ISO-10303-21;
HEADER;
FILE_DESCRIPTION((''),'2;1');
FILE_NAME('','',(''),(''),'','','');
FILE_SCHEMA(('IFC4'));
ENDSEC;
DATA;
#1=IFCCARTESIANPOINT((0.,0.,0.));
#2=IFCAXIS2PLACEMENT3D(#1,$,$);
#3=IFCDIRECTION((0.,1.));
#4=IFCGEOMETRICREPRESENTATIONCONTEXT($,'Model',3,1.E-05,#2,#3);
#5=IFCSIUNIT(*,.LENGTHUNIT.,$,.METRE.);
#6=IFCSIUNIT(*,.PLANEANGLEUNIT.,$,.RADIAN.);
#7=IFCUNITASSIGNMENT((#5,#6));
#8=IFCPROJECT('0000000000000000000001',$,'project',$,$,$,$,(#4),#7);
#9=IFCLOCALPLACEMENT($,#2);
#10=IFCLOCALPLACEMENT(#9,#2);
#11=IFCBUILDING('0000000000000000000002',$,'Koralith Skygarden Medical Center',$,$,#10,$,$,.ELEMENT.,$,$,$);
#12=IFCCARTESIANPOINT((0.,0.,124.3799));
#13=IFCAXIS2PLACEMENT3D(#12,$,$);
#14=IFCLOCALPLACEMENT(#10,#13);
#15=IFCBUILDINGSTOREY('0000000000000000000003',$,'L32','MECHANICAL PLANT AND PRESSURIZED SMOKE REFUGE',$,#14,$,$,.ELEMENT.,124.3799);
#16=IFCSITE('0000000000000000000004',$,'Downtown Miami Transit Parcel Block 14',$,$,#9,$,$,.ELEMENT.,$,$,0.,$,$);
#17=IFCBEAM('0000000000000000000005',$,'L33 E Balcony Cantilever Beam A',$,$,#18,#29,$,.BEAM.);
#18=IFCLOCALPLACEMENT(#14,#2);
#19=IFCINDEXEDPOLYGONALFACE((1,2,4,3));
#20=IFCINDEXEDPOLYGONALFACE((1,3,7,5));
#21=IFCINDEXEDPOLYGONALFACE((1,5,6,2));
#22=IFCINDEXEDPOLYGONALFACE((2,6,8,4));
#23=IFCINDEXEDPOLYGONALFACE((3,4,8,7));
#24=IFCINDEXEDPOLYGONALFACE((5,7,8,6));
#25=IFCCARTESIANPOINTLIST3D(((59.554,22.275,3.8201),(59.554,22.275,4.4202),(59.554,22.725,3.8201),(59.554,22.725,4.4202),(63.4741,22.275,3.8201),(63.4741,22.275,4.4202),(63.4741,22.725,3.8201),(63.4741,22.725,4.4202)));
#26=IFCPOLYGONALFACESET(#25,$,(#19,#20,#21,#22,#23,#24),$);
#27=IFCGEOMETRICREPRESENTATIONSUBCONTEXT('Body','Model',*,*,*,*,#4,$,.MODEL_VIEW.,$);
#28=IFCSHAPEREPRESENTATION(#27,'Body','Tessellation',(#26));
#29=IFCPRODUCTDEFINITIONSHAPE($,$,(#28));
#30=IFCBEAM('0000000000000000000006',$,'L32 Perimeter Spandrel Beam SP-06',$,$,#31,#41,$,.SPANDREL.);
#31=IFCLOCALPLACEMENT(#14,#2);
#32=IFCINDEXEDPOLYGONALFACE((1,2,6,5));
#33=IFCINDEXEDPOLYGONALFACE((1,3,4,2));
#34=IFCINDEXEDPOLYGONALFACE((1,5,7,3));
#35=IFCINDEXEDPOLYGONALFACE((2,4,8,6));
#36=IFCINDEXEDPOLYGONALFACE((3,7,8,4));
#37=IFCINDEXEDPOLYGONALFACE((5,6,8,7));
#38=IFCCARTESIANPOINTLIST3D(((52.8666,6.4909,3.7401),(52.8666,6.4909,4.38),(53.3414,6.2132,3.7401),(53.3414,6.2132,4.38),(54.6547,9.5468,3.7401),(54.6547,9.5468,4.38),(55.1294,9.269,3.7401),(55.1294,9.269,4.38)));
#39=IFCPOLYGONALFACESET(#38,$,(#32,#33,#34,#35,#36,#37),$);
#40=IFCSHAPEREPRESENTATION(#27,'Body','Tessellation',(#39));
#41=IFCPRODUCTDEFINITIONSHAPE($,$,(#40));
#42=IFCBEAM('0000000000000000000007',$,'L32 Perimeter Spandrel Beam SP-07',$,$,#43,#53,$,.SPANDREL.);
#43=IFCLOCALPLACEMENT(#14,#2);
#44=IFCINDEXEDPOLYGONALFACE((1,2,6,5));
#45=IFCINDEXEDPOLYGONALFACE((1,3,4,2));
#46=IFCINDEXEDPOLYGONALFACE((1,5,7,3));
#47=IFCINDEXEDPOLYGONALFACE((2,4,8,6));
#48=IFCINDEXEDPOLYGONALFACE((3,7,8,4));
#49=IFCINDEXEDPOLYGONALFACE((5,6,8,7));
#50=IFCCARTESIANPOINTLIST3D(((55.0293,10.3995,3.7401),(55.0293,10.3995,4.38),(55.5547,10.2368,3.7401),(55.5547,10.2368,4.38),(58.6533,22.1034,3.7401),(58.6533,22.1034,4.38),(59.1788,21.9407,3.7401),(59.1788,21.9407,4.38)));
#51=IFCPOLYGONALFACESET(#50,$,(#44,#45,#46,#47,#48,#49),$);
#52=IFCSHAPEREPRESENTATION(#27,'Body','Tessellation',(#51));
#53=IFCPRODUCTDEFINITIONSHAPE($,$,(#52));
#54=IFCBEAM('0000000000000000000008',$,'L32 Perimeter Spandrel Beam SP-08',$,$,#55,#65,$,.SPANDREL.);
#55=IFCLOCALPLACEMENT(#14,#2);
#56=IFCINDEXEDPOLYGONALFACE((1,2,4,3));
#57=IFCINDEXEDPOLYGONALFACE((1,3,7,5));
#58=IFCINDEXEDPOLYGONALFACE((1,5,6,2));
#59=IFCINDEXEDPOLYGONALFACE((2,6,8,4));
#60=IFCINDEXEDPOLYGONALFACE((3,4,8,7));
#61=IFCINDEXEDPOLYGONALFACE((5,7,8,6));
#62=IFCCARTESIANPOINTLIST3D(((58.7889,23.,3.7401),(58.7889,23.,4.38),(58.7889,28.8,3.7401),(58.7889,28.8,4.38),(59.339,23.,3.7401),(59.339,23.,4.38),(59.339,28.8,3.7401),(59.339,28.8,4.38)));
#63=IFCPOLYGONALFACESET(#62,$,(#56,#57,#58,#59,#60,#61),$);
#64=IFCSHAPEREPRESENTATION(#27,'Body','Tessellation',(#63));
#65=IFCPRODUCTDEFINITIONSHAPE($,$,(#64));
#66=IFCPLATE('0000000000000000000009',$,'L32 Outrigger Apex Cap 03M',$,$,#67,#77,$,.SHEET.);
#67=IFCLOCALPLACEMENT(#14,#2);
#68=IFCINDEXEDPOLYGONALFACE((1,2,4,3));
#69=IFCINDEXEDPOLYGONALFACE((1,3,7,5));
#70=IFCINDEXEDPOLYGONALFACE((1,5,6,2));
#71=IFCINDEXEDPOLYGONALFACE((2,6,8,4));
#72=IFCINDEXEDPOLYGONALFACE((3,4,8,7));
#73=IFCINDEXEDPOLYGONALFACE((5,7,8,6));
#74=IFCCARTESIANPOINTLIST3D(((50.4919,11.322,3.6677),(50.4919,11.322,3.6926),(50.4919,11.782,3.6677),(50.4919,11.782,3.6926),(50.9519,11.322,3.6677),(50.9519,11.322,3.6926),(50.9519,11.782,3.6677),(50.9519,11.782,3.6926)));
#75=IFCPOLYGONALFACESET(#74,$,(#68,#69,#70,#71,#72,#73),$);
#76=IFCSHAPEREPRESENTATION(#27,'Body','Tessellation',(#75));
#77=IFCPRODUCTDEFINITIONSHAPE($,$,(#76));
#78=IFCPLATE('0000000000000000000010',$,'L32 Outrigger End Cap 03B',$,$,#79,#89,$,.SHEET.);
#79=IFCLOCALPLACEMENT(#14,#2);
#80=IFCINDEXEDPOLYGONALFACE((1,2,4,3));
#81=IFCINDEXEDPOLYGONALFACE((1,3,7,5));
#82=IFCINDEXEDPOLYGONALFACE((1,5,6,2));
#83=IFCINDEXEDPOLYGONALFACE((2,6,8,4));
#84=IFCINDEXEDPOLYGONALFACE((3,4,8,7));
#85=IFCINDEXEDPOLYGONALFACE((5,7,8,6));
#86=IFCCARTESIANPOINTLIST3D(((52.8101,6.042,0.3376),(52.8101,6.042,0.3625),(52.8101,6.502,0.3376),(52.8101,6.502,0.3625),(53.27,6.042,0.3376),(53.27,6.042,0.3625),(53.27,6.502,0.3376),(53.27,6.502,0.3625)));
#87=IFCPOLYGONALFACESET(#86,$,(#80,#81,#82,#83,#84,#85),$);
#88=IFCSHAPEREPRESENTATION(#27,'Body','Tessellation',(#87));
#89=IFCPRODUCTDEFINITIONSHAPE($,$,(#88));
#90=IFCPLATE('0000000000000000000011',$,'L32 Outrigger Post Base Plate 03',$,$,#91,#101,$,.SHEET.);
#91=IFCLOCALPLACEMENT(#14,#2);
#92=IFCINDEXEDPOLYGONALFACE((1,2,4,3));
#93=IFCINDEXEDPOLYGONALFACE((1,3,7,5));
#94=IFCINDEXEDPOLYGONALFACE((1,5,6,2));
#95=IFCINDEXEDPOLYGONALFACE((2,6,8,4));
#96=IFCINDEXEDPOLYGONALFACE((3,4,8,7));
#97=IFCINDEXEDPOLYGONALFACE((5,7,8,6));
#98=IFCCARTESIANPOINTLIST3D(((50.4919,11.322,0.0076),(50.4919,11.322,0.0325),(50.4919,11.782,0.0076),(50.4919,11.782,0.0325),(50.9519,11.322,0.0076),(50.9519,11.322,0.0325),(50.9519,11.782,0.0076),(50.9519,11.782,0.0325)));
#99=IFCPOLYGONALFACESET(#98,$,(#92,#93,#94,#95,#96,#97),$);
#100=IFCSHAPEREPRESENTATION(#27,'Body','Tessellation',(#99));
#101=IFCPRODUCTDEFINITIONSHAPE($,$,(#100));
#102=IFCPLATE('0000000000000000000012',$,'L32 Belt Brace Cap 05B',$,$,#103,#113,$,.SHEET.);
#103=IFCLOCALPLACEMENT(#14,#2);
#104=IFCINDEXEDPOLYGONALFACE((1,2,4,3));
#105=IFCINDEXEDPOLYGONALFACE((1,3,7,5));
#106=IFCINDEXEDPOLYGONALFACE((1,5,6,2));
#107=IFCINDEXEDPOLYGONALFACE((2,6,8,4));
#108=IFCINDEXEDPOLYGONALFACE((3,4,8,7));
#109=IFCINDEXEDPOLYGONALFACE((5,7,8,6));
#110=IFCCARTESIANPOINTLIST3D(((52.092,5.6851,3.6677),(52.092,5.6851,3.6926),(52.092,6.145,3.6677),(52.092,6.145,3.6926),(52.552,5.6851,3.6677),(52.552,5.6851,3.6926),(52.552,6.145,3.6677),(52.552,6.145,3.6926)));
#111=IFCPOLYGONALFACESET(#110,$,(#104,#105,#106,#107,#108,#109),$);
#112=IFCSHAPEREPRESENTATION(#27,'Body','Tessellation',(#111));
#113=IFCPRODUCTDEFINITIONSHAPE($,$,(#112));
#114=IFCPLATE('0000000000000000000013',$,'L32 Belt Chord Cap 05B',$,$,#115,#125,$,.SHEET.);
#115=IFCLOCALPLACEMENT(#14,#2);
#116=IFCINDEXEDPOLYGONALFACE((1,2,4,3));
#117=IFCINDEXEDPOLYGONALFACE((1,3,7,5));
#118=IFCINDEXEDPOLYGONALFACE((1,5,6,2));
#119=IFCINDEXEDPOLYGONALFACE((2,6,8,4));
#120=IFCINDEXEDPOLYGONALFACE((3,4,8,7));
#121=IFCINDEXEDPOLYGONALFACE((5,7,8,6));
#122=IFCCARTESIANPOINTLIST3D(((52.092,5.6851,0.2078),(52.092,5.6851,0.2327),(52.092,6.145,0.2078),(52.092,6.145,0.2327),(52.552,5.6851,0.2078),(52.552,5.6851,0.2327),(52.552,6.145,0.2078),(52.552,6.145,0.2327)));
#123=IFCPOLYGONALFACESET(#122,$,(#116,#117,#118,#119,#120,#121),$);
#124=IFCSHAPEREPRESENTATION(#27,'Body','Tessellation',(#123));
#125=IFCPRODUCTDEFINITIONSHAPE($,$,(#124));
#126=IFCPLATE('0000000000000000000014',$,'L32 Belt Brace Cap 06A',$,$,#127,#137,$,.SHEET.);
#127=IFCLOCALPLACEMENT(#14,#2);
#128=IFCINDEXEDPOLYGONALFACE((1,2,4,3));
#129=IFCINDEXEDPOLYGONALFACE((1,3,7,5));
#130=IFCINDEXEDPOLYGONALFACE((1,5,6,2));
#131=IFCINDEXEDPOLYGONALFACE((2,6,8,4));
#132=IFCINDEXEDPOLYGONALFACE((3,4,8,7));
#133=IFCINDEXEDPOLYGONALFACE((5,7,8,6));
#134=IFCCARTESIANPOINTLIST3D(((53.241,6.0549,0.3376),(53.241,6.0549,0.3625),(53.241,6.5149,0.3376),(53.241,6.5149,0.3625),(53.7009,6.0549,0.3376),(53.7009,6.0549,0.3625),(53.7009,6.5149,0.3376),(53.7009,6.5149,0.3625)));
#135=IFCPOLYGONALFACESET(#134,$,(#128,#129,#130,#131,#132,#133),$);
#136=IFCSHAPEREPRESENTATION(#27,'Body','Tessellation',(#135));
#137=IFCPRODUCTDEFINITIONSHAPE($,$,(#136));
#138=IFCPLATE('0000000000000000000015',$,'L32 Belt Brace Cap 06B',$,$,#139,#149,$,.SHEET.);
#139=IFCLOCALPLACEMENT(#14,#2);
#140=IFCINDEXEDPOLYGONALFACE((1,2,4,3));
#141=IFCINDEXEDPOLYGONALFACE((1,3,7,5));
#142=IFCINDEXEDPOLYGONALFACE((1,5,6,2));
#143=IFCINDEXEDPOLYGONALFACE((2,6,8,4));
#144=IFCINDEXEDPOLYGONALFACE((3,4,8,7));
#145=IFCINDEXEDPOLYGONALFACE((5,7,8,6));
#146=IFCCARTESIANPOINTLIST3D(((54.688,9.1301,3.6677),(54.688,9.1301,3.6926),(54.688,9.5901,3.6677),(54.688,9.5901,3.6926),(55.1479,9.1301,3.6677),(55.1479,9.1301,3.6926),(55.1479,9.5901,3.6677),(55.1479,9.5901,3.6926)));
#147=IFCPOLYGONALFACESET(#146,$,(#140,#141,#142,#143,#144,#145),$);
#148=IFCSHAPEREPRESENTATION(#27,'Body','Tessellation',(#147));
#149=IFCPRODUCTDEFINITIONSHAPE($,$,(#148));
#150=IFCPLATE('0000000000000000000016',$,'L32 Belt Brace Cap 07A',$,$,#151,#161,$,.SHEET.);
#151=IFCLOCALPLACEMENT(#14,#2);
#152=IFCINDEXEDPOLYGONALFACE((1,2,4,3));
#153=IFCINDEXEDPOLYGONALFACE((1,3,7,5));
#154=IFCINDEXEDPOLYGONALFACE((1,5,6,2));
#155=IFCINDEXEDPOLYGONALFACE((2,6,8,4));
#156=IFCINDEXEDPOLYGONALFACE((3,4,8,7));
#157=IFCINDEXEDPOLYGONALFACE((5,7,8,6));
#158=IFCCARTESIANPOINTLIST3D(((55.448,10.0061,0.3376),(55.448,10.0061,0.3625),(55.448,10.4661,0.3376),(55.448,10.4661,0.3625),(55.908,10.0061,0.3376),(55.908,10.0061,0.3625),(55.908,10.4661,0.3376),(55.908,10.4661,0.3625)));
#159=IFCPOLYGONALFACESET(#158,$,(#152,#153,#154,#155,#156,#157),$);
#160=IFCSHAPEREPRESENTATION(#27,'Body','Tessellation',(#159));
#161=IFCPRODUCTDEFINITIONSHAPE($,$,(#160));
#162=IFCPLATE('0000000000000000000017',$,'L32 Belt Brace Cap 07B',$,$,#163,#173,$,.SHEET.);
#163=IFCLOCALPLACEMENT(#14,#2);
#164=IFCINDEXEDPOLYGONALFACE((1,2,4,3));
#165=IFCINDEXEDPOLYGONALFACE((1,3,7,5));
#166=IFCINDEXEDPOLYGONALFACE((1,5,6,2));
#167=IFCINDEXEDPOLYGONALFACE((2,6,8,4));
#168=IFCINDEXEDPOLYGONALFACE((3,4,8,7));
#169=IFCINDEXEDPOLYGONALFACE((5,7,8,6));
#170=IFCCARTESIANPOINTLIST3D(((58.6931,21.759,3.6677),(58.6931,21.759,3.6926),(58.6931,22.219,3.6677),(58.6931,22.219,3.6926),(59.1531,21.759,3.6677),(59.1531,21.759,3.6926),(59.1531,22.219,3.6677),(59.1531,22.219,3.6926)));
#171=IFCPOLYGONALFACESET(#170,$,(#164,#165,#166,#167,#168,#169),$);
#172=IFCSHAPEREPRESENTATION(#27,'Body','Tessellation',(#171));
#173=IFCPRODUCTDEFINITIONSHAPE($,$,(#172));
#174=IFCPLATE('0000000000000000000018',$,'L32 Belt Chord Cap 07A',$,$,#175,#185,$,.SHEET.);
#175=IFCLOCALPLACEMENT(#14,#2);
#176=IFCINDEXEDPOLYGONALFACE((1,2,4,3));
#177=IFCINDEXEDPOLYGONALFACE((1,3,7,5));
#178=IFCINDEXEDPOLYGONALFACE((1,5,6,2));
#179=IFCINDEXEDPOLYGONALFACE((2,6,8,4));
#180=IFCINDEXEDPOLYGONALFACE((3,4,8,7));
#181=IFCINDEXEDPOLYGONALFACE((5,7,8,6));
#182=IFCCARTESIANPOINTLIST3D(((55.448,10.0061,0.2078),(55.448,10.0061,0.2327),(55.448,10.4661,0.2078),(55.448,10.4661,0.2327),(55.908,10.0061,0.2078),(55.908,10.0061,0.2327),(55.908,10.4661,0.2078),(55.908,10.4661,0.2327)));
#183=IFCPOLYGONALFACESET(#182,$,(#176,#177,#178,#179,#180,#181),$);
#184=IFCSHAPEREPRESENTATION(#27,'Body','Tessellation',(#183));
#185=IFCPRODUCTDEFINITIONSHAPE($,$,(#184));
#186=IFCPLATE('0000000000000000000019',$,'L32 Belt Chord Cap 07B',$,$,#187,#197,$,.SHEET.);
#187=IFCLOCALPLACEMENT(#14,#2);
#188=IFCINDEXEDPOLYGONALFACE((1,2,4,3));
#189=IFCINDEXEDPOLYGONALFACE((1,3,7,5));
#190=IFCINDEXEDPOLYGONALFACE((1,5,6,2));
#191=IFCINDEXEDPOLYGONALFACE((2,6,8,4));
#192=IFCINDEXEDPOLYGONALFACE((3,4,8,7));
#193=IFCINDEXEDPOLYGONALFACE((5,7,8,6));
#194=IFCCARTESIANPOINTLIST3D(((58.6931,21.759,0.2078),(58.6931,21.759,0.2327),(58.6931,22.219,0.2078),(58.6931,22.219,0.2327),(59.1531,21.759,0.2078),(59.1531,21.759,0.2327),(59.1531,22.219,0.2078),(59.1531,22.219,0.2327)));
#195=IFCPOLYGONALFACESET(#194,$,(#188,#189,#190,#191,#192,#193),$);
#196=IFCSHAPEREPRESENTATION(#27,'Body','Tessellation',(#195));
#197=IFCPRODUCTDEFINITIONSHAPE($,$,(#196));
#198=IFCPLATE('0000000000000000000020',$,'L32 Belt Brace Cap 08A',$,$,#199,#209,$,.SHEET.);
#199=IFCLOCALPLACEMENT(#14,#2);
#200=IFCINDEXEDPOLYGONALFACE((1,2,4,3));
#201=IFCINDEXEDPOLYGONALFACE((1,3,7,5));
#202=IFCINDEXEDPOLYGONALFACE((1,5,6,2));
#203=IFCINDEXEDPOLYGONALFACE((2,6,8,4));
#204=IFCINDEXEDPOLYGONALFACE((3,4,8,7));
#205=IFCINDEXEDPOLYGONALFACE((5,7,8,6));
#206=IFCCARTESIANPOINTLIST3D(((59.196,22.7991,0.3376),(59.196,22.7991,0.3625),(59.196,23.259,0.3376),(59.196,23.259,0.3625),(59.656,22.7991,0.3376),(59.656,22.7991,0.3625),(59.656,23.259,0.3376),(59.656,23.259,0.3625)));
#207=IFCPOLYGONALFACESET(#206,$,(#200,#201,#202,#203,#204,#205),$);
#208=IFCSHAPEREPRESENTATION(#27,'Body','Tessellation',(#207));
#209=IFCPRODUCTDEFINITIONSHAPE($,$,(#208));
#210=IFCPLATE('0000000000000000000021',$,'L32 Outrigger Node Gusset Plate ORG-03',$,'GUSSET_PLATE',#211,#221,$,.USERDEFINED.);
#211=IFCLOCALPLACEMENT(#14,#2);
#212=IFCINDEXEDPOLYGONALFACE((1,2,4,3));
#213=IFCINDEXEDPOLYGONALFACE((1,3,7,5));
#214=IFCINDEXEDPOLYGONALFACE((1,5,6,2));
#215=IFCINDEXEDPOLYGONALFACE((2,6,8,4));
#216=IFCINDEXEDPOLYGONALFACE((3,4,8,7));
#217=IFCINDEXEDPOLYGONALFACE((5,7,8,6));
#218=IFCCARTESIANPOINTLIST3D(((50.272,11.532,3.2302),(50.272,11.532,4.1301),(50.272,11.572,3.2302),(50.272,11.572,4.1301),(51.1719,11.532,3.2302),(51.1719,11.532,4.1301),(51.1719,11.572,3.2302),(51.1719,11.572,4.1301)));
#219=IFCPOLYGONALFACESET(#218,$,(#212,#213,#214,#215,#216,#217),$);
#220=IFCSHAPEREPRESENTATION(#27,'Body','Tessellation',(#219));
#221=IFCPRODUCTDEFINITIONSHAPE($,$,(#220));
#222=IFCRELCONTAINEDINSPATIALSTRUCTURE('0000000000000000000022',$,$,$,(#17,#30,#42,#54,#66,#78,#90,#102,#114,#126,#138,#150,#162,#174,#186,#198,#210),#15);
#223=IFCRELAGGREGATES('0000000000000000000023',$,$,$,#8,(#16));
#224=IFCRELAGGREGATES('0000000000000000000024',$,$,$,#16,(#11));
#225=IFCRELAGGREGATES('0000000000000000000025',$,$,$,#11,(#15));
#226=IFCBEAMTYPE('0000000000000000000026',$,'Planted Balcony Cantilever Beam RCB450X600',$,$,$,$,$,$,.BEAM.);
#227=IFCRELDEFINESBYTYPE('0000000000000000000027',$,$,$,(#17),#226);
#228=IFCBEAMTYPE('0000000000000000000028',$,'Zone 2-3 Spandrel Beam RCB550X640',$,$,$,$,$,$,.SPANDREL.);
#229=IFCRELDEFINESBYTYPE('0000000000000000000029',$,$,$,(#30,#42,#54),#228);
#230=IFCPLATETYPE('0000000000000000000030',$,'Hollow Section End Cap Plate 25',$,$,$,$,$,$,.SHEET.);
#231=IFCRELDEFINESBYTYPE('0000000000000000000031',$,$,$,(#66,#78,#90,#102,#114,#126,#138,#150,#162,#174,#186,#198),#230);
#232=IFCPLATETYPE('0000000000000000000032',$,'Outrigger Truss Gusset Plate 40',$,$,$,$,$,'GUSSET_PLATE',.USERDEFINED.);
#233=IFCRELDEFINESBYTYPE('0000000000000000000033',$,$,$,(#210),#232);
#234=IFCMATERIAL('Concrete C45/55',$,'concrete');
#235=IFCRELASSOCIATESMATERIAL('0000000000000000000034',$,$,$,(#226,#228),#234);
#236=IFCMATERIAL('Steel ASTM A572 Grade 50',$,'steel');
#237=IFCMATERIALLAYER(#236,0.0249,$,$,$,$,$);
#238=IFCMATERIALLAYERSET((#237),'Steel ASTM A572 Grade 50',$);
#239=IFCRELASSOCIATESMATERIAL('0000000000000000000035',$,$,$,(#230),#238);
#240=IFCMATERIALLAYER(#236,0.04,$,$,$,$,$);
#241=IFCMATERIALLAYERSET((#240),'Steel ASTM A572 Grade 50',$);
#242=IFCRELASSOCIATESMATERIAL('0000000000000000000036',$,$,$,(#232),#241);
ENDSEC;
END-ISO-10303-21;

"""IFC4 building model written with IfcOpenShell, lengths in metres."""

from ifc_helpers import new_model, si_unit, direction, frame, origin, origin_2d, place, context, subcontext, project, spatial, rectangle, extrude, material, layer, layer_set, material_profile, profile_set, type_object, element, save


model = new_model("IFC4")

# Units and contexts
model_context = context("Model", 3, precision=1e-05, world=origin(), true_north=direction((0.0, 1.0)))
body_context = subcontext(model_context, "Body", "Model", "MODEL_VIEW")
ifc_project = project(units=[si_unit("LENGTHUNIT", "METRE"), si_unit("PLANEANGLEUNIT", "RADIAN")], contexts=[model_context])

# Site, building, storey
site_placement = place(None, origin())
site = spatial("IfcSite", under=ifc_project, at=site_placement, Name="Downtown Miami Transit Parcel Block 14", CompositionType="ELEMENT", RefElevation=0.0)
building_placement = place(site_placement, origin())
building = spatial("IfcBuilding", under=site, at=building_placement, Name="Koralith Skygarden Medical Center", CompositionType="ELEMENT")
storey_placement = place(building_placement, frame((0.0, 0.0, 124.3799)))
storey = spatial("IfcBuildingStorey", under=building, at=storey_placement, Name="L32", Description="MECHANICAL PLANT AND PRESSURIZED SMOKE REFUGE", CompositionType="ELEMENT", Elevation=124.3799)

# Beams
ifc_material_1 = material(Name="Concrete C45/55", Category="concrete")
ifc_material_profile_1 = material_profile(ifc_material_1, rectangle(XDim=0.45, YDim=0.6001, at=origin_2d()), Name="RCB450X600")
ifc_profile_set_1 = profile_set([ifc_material_profile_1], Name="Concrete C45/55")
beam_type_1 = type_object("IfcBeamType", Name="Planted Balcony Cantilever Beam RCB450X600", PredefinedType="BEAM", material=ifc_profile_set_1)
beam_1_placement = place(storey_placement, frame((59.554, 22.5, 4.1201), z_axis=(1.0, 0.0, 0.0), x_axis=(0.0, 1.0, 0.0)))
element("IfcBeam", 1, at=beam_1_placement, inside=storey, type_object=beam_type_1, Name="L33 E Balcony Cantilever Beam A", PredefinedType="BEAM", context=body_context, shape_type="SweptSolid", body=[
    extrude(rectangle(XDim=0.45, YDim=0.6001, at=origin_2d()), origin(), (0.0, 0.0, 1.0), 3.9202),
])
ifc_material_profile_2 = material_profile(ifc_material_1, rectangle(XDim=0.55, YDim=0.6399, at=origin_2d()), Name="RCB550X640")
ifc_profile_set_2 = profile_set([ifc_material_profile_2], Name="Concrete C45/55")
beam_type_2 = type_object("IfcBeamType", Name="Zone 2-3 Spandrel Beam RCB550X640", PredefinedType="SPANDREL", material=ifc_profile_set_2)
beam_2_placement = place(storey_placement, frame((53.104, 6.3521, 4.0601), z_axis=(0.505024, 0.863105, 0.0), x_axis=(-0.863105, 0.505024, 0.0)))
element("IfcBeam", 2, at=beam_2_placement, inside=storey, type_object=beam_type_2, Name="L32 Perimeter Spandrel Beam SP-06", PredefinedType="SPANDREL", context=body_context, shape_type="SweptSolid", body=[
    extrude(rectangle(XDim=0.55, YDim=0.6399, at=origin_2d()), origin(), (0.0, 0.0, 1.0), 3.5405),
])
beam_3_placement = place(storey_placement, frame((55.292, 10.3181, 4.0601), z_axis=(0.295788, 0.955254, 0.0), x_axis=(-0.955254, 0.295788, 0.0)))
element("IfcBeam", 3, at=beam_3_placement, inside=storey, type_object=beam_type_2, Name="L32 Perimeter Spandrel Beam SP-07", PredefinedType="SPANDREL", context=body_context, shape_type="SweptSolid", body=[
    extrude(rectangle(XDim=0.55, YDim=0.6399, at=origin_2d()), origin(), (0.0, 0.0, 1.0), 12.2522),
])
beam_4_placement = place(storey_placement, frame((59.064, 23.0, 4.0601), z_axis=(0.0, 1.0, 0.0), x_axis=(-1.0, 0.0, 0.0)))
element("IfcBeam", 4, at=beam_4_placement, inside=storey, type_object=beam_type_2, Name="L32 Perimeter Spandrel Beam SP-08", PredefinedType="SPANDREL", context=body_context, shape_type="SweptSolid", body=[
    extrude(rectangle(XDim=0.55, YDim=0.6399, at=origin_2d()), origin(), (0.0, 0.0, 1.0), 5.8),
])

# Plates
ifc_material_2 = material(Name="Steel ASTM A572 Grade 50", Category="steel")
ifc_layer_1 = layer(ifc_material_2, 0.0249)
ifc_layer_set_1 = layer_set([ifc_layer_1], Name="Steel ASTM A572 Grade 50")
plate_type_1 = type_object("IfcPlateType", Name="Hollow Section End Cap Plate 25", PredefinedType="SHEET", material=ifc_layer_set_1)
for number, where, z_axis, x_axis, name in (
    (5, (50.7219, 11.552, 3.6677), (0.0, 0.0, 1.0), (1.0, 0.0, 0.0), "L32 Outrigger Apex Cap 03M"),
    (6, (53.04, 6.272, 0.3376), (0.0, 0.0, 1.0), (1.0, 0.0, 0.0), "L32 Outrigger End Cap 03B"),
    (7, (50.7219, 11.552, 0.0076), (0.0, 0.0, 1.0), (1.0, 0.0, 0.0), "L32 Outrigger Post Base Plate 03"),
    (8, (52.322, 5.915, 3.6677), (0.0, 0.0, 1.0), (1.0, 0.0, 0.0), "L32 Belt Brace Cap 05B"),
    (9, (52.322, 5.915, 0.2078), (0.0, 0.0, 1.0), (1.0, 0.0, 0.0), "L32 Belt Chord Cap 05B"),
    (10, (53.4709, 6.2849, 0.3376), (0.0, 0.0, 1.0), (1.0, 0.0, 0.0), "L32 Belt Brace Cap 06A"),
    (11, (54.918, 9.3601, 3.6677), (0.0, 0.0, 1.0), (1.0, 0.0, 0.0), "L32 Belt Brace Cap 06B"),
    (12, (55.678, 10.2361, 0.3376), (0.0, 0.0, 1.0), (1.0, 0.0, 0.0), "L32 Belt Brace Cap 07A"),
    (13, (58.9231, 21.989, 3.6677), (0.0, 0.0, 1.0), (1.0, 0.0, 0.0), "L32 Belt Brace Cap 07B"),
    (14, (55.678, 10.2361, 0.2078), (0.0, 0.0, 1.0), (1.0, 0.0, 0.0), "L32 Belt Chord Cap 07A"),
    (15, (58.9231, 21.989, 0.2078), (0.0, 0.0, 1.0), (1.0, 0.0, 0.0), "L32 Belt Chord Cap 07B"),
    (16, (59.426, 23.0291, 0.3376), (0.0, 0.0, 1.0), (1.0, 0.0, 0.0), "L32 Belt Brace Cap 08A"),
):
    element("IfcPlate", number, at=place(storey_placement, frame(where, z_axis=z_axis, x_axis=x_axis)), inside=storey, type_object=plate_type_1, Name=name, PredefinedType="SHEET", context=body_context, shape_type="SweptSolid", body=[
        extrude(rectangle(XDim=0.46, YDim=0.46, at=origin_2d()), origin(), (0.0, 0.0, 1.0), 0.0249),
    ])
ifc_layer_2 = layer(ifc_material_2, 0.04)
ifc_layer_set_2 = layer_set([ifc_layer_2], Name="Steel ASTM A572 Grade 50")
plate_type_2 = type_object("IfcPlateType", Name="Outrigger Truss Gusset Plate 40", ElementType="GUSSET_PLATE", PredefinedType="USERDEFINED", material=ifc_layer_set_2)
plate_placement = place(storey_placement, frame((50.7219, 11.552, 3.2302), z_axis=(0.0, 0.0, 1.0), x_axis=(1.0, 0.0, 0.0)))
element("IfcPlate", 17, at=plate_placement, inside=storey, type_object=plate_type_2, Name="L32 Outrigger Node Gusset Plate ORG-03", ObjectType="GUSSET_PLATE", PredefinedType="USERDEFINED", context=body_context, shape_type="SweptSolid", body=[
    extrude(rectangle(XDim=0.8999, YDim=0.04, at=origin_2d()), origin(), (0.0, 0.0, 1.0), 0.8999),
])

save(model, "model.ifc")
